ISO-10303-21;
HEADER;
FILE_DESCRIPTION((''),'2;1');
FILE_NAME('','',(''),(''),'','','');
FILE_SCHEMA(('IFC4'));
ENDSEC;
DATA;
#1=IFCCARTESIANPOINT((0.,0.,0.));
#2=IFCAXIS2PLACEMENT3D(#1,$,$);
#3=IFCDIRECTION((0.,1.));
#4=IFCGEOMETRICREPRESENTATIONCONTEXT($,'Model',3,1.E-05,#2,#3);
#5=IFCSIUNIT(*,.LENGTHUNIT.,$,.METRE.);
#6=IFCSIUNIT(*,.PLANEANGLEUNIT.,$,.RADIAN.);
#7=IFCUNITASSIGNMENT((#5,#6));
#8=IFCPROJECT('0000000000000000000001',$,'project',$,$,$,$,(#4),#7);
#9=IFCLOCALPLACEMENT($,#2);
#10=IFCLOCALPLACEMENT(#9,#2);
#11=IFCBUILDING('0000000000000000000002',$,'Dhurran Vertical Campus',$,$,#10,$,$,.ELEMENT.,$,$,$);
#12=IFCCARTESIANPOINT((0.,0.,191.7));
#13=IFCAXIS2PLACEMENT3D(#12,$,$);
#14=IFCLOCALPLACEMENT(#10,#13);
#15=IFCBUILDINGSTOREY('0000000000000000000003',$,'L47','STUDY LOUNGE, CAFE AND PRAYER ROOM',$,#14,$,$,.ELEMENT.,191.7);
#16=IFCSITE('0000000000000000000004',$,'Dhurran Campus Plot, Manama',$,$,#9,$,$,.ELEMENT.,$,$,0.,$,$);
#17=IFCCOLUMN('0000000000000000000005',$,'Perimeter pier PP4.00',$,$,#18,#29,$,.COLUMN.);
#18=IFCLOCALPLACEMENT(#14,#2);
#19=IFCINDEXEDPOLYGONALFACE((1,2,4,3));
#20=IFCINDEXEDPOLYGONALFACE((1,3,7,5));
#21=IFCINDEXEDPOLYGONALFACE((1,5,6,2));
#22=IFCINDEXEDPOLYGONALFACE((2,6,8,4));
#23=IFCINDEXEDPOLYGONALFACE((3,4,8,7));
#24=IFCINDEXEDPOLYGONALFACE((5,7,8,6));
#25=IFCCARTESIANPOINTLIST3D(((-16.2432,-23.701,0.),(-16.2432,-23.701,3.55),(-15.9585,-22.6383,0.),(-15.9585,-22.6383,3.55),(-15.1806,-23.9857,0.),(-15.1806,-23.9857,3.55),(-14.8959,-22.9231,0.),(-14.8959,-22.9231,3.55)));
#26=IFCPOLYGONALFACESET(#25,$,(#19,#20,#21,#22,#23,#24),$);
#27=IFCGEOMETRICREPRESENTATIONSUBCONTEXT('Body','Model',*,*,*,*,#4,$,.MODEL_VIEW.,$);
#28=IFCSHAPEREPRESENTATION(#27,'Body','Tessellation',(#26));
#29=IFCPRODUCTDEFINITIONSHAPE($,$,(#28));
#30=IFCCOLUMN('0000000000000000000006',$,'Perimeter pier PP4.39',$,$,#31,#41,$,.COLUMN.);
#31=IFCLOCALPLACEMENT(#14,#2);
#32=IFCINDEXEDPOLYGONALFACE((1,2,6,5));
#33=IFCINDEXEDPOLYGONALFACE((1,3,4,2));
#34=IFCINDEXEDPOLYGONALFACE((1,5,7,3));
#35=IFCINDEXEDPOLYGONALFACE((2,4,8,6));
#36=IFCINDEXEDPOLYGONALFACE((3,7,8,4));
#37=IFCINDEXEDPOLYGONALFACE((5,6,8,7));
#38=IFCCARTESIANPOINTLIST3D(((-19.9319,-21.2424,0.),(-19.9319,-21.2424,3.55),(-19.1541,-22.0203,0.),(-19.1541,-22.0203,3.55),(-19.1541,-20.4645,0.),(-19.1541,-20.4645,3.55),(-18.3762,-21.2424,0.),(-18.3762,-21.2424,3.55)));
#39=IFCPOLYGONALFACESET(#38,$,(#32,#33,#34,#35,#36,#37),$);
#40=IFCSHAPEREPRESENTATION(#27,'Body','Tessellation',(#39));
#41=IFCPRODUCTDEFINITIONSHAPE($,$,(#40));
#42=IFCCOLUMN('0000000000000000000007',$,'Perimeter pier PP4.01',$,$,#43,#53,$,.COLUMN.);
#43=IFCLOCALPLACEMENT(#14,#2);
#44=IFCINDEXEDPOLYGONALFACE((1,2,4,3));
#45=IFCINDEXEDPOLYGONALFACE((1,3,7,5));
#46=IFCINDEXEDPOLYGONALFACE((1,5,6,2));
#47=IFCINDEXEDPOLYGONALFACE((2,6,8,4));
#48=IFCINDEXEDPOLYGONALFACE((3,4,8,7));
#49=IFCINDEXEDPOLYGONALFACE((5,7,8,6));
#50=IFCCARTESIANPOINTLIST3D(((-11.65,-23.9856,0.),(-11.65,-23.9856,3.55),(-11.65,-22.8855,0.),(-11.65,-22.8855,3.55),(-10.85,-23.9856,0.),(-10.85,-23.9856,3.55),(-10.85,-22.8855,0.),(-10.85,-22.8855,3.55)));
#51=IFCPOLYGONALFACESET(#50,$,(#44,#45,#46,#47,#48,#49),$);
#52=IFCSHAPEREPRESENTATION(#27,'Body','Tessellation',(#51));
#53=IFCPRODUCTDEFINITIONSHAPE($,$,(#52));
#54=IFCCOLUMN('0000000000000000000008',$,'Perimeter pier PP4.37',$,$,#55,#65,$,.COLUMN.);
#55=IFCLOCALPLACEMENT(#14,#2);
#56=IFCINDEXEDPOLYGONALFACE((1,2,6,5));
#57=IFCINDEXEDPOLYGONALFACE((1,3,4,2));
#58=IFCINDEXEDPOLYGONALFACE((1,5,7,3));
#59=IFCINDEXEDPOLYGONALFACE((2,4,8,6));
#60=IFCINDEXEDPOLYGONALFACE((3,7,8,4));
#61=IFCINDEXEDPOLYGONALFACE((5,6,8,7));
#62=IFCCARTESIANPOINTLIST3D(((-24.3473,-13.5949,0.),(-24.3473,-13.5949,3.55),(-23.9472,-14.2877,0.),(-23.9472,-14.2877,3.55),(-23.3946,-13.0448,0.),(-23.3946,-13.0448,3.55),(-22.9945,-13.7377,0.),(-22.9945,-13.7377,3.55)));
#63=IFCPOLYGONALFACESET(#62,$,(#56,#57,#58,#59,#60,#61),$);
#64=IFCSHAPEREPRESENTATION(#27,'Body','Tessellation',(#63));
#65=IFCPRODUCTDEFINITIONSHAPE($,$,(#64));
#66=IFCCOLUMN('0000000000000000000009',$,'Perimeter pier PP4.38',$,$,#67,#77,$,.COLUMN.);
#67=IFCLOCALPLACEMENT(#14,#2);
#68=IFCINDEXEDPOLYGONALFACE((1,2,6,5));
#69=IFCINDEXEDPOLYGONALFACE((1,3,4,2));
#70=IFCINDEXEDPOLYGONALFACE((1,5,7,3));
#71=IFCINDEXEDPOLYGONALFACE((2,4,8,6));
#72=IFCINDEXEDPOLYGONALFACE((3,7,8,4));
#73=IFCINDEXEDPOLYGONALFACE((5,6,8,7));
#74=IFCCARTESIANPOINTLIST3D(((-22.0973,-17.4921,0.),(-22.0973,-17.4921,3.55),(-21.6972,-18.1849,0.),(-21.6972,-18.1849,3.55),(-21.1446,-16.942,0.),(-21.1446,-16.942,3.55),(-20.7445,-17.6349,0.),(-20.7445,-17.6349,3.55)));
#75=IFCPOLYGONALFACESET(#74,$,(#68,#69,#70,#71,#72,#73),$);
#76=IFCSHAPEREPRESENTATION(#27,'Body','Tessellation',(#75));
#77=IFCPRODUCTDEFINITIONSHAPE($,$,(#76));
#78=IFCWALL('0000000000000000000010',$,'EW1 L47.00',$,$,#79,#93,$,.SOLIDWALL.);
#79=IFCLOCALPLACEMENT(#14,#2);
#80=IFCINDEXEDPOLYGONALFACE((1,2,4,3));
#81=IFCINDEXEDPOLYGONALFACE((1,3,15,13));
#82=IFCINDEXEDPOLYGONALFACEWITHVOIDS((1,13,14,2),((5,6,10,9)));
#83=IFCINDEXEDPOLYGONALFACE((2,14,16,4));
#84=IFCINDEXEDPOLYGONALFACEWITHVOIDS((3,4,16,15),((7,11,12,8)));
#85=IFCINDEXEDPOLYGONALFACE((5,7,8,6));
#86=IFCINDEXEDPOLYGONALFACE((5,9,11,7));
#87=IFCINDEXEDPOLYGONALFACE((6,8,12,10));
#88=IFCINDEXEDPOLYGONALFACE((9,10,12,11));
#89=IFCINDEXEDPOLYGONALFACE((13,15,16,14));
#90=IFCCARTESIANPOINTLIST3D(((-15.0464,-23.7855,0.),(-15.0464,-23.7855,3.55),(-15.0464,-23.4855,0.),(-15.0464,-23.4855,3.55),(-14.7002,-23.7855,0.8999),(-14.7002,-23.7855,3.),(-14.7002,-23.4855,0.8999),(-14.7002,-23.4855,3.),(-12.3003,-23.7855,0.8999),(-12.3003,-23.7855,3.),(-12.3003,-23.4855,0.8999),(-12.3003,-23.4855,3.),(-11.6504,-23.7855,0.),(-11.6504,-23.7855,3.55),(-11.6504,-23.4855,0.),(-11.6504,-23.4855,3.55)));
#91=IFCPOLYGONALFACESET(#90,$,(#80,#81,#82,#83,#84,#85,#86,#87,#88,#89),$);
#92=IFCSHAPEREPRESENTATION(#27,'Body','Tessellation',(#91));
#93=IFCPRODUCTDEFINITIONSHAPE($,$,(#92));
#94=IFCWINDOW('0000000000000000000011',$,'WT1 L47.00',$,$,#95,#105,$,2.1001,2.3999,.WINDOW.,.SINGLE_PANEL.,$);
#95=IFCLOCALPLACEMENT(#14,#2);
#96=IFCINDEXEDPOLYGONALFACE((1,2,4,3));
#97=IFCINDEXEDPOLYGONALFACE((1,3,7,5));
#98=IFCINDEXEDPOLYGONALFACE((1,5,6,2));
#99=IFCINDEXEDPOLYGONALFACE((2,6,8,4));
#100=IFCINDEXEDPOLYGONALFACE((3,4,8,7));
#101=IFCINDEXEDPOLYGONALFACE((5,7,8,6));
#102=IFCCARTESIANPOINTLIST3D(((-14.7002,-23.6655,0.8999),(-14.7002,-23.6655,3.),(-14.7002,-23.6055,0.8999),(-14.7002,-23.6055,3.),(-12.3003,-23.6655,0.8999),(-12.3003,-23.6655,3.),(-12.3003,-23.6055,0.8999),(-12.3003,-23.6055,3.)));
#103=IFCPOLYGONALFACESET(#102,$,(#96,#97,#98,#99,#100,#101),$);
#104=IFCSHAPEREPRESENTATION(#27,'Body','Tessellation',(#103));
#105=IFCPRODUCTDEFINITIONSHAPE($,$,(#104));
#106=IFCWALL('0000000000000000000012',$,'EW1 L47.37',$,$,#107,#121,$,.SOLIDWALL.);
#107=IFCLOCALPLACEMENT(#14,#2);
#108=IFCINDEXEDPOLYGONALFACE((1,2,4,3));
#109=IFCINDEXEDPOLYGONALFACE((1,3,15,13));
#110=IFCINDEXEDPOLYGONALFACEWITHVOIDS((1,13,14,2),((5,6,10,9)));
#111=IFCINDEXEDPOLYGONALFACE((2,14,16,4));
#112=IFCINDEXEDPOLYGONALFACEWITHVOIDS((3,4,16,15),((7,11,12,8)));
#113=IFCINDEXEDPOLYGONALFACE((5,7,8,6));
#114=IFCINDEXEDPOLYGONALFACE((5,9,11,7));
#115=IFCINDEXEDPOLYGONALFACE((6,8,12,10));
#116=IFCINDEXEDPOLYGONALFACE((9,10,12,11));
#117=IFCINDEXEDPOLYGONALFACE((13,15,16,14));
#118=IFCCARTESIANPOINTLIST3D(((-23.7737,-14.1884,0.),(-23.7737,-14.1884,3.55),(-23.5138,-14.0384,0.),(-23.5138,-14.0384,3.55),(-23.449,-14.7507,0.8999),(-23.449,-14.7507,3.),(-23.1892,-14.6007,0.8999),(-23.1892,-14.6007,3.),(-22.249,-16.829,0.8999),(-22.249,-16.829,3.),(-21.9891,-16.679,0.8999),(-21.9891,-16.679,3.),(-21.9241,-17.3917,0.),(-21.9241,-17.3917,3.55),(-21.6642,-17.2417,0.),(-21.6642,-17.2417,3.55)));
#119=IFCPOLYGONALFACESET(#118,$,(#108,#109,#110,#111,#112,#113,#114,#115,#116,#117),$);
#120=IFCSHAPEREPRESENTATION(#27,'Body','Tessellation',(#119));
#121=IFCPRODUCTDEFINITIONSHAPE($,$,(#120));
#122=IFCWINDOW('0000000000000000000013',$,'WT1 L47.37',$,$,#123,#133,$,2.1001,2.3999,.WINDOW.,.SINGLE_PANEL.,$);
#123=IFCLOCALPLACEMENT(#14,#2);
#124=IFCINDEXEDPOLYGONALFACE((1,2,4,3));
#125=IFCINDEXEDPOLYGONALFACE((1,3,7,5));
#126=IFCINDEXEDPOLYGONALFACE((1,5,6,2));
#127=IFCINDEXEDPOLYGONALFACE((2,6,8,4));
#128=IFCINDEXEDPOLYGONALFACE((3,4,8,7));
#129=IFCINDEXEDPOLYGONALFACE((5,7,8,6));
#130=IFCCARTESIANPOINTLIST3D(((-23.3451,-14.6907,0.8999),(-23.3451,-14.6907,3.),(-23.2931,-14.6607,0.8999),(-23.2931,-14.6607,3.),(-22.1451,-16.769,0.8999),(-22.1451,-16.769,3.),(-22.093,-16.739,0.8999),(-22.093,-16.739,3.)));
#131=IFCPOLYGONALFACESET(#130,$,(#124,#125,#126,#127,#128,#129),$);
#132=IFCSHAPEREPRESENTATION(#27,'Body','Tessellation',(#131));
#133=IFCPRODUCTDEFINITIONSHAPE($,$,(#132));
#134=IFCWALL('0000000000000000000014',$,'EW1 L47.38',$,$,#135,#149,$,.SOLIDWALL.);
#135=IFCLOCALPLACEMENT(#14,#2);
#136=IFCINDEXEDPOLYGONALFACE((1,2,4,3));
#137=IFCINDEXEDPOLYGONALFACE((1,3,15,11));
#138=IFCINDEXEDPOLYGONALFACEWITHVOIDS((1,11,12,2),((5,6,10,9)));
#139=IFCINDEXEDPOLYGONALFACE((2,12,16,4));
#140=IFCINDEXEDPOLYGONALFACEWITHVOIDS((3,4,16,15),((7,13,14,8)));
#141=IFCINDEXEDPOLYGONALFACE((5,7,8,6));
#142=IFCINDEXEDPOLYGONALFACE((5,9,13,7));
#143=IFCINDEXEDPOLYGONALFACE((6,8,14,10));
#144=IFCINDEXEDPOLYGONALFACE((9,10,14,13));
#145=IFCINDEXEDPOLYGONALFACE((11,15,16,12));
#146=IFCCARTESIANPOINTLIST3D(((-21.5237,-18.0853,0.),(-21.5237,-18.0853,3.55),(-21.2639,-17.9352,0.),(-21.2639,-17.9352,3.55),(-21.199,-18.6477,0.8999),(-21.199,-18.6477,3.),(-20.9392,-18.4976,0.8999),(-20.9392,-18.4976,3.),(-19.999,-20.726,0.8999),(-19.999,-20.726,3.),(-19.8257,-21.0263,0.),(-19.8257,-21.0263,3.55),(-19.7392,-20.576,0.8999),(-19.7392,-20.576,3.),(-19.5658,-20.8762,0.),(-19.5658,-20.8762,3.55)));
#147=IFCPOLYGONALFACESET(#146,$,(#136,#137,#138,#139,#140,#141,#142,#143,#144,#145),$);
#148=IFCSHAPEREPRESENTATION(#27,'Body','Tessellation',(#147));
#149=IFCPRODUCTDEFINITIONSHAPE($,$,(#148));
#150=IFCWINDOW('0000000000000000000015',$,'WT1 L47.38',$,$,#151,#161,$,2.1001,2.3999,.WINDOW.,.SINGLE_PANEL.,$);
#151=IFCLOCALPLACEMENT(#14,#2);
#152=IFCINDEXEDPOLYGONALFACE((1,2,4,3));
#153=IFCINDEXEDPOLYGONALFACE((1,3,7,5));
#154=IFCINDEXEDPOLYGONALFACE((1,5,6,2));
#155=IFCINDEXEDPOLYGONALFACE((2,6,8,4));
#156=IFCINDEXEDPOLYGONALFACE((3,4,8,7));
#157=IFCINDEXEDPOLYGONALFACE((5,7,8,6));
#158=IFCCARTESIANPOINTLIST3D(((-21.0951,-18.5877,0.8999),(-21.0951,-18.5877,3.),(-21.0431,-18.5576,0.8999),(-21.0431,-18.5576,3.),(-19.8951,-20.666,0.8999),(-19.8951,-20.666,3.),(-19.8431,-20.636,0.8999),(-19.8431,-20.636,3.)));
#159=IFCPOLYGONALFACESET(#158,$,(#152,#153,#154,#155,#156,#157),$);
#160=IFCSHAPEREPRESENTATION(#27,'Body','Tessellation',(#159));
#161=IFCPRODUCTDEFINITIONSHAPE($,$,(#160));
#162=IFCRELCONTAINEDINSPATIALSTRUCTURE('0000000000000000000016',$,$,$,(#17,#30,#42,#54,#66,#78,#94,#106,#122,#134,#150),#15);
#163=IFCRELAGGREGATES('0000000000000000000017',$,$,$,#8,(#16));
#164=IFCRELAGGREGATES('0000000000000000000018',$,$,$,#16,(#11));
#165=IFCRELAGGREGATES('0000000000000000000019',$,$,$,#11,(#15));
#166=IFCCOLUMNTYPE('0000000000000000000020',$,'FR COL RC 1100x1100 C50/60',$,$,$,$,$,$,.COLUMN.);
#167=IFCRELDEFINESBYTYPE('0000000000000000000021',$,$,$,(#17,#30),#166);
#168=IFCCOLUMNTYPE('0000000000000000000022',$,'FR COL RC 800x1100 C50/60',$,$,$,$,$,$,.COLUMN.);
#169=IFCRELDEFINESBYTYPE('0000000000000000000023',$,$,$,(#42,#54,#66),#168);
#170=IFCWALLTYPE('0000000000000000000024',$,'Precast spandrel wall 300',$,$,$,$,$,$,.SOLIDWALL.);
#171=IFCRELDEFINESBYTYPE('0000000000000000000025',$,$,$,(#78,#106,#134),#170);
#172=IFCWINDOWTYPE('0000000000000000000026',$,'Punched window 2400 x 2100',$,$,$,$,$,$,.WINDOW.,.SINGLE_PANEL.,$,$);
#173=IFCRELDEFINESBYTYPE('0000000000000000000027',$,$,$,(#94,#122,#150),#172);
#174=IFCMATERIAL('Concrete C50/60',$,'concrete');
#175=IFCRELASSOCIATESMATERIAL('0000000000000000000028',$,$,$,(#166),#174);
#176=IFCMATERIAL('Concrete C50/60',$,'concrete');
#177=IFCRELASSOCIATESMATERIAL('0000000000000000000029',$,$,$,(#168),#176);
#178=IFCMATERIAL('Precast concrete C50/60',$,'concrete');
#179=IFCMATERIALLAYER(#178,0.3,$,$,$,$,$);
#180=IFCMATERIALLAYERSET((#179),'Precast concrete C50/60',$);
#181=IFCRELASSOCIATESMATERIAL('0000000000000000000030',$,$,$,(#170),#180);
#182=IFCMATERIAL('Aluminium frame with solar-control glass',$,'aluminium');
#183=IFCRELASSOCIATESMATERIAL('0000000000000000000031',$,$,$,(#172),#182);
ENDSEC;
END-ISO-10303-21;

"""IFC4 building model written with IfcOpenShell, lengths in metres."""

from ifc_helpers import new_model, si_unit, direction, frame, frame_2d, origin, origin_2d, place, context, subcontext, project, spatial, rectangle, extrude, material, layer, layer_set, material_profile, profile_set, type_object, element, fill, save


model = new_model("IFC4")

# Units and contexts
model_context = context("Model", 3, precision=1e-05, world=origin(), true_north=direction((0.0, 1.0)))
body_context = subcontext(model_context, "Body", "Model", "MODEL_VIEW")
ifc_project = project(units=[si_unit("LENGTHUNIT", "METRE"), si_unit("PLANEANGLEUNIT", "RADIAN")], contexts=[model_context])

# Site, building, storey
site_placement = place(None, origin())
site = spatial("IfcSite", under=ifc_project, at=site_placement, Name="Dhurran Campus Plot, Manama", CompositionType="ELEMENT", RefElevation=0.0)
building_placement = place(site_placement, origin())
building = spatial("IfcBuilding", under=site, at=building_placement, Name="Dhurran Vertical Campus", CompositionType="ELEMENT")
storey_placement = place(building_placement, frame((0.0, 0.0, 191.7)))
storey = spatial("IfcBuildingStorey", under=building, at=storey_placement, Name="L47", Description="STUDY LOUNGE, CAFE AND PRAYER ROOM", CompositionType="ELEMENT", Elevation=191.7)

# Columns
ifc_material_1 = material(Name="Concrete C50/60", Category="concrete")
ifc_material_profile_1 = material_profile(ifc_material_1, rectangle(XDim=1.1001, YDim=1.1001, at=origin_2d()), Name="RC 1100x1100")
ifc_profile_set_1 = profile_set([ifc_material_profile_1], Name="Concrete C50/60")
column_type_1 = type_object("IfcColumnType", Name="FR COL RC 1100x1100 C50/60", PredefinedType="COLUMN", material=ifc_profile_set_1)
for number, where, z_axis, x_axis, name in (
    (1, (-15.5696, -23.312, 0.0), (0.0, 0.0, 1.0), (0.965926, -0.258819, 0.0), "Perimeter pier PP4.00"),
    (2, (-19.1541, -21.2424, 0.0), (0.0, 0.0, 1.0), (0.707107, -0.707107, 0.0), "Perimeter pier PP4.39"),
):
    element("IfcColumn", number, at=place(storey_placement, frame(where, z_axis=z_axis, x_axis=x_axis)), inside=storey, type_object=column_type_1, Name=name, PredefinedType="COLUMN", context=body_context, shape_type="SweptSolid", body=[
        extrude(rectangle(XDim=1.1001, YDim=1.1001, at=origin_2d()), origin(), (0.0, 0.0, 1.0), 3.55),
    ])
ifc_material_2 = material(Name="Concrete C50/60", Category="concrete")
ifc_material_profile_2 = material_profile(ifc_material_2, rectangle(XDim=0.8, YDim=1.1001, at=origin_2d()), Name="RC 800x1100")
ifc_profile_set_2 = profile_set([ifc_material_profile_2], Name="Concrete C50/60")
column_type_2 = type_object("IfcColumnType", Name="FR COL RC 800x1100 C50/60", PredefinedType="COLUMN", material=ifc_profile_set_2)
for number, where, z_axis, x_axis, name in (
    (3, (-11.25, -23.4355, 0.0), (0.0, 0.0, 1.0), (1.0, 0.0, 0.0), "Perimeter pier PP4.01"),
    (4, (-23.6709, -13.6663, 0.0), (0.0, 0.0, 1.0), (0.5, -0.866025, 0.0), "Perimeter pier PP4.37"),
    (5, (-21.4209, -17.5635, 0.0), (0.0, 0.0, 1.0), (0.5, -0.866025, 0.0), "Perimeter pier PP4.38"),
):
    element("IfcColumn", number, at=place(storey_placement, frame(where, z_axis=z_axis, x_axis=x_axis)), inside=storey, type_object=column_type_2, Name=name, PredefinedType="COLUMN", context=body_context, shape_type="SweptSolid", body=[
        extrude(rectangle(XDim=0.8, YDim=1.1001, at=origin_2d()), origin(), (0.0, 0.0, 1.0), 3.55),
    ])

# Walls, openings, windows
ifc_material_3 = material(Name="Precast concrete C50/60", Category="concrete")
ifc_layer_1 = layer(ifc_material_3, 0.3)
ifc_layer_set_1 = layer_set([ifc_layer_1], Name="Precast concrete C50/60")
wall_type_1 = type_object("IfcWallType", Name="Precast spandrel wall 300", PredefinedType="SOLIDWALL", material=ifc_layer_set_1)
wall_1_placement = place(storey_placement, frame((-15.0464, -23.6355, 0.0), z_axis=(0.0, 0.0, 1.0), x_axis=(1.0, 0.0, 0.0)))
wall_1 = element("IfcWall", 6, at=wall_1_placement, inside=storey, type_object=wall_type_1, Name="EW1 L47.00", PredefinedType="SOLIDWALL", context=body_context, shape_type="SweptSolid", body=[
    extrude(rectangle(XDim=3.396, YDim=0.3, at=frame_2d((1.698, 0.0))), origin(), (0.0, 0.0, 1.0), 3.55),
])
opening_1_placement = place(wall_1_placement, frame((0.3462, 0.0, 0.8999)))
opening_1 = element("IfcOpeningElement", 7, at=opening_1_placement, cuts=wall_1, PredefinedType="OPENING", context=body_context, shape_type="SweptSolid", body=[
    extrude(rectangle(XDim=2.3999, YDim=2.1001, at=frame_2d((1.2, 1.05))), frame((0.0, 0.1599, 0.0), z_axis=(0.0, -1.0, 0.0), x_axis=(1.0, 0.0, 0.0)), (0.0, 0.0, 1.0), 0.3201),
])
ifc_material_4 = material(Name="Aluminium frame with solar-control glass", Category="aluminium")
window_type = type_object("IfcWindowType", Name="Punched window 2400 x 2100", PartitioningType="SINGLE_PANEL", PredefinedType="WINDOW", material=ifc_material_4)
window_1_placement = place(opening_1_placement, origin())
window_1 = element("IfcWindow", 8, at=window_1_placement, inside=storey, type_object=window_type, Name="WT1 L47.00", OverallHeight=2.1001, OverallWidth=2.3999, PartitioningType="SINGLE_PANEL", PredefinedType="WINDOW", context=body_context, shape_type="SweptSolid", body=[
    extrude(rectangle(XDim=2.3999, YDim=2.1001, at=frame_2d((1.2, 1.05))), frame((0.0, 0.03, 0.0), z_axis=(0.0, -1.0, 0.0), x_axis=(1.0, 0.0, 0.0)), (0.0, 0.0, 1.0), 0.0601),
])
fill(opening_1, window_1)
wall_2_placement = place(storey_placement, frame((-23.6438, -14.1133, 0.0), z_axis=(0.0, 0.0, 1.0), x_axis=(0.500029, -0.866009, 0.0)))
wall_2 = element("IfcWall", 9, at=wall_2_placement, inside=storey, type_object=wall_type_1, Name="EW1 L47.37", PredefinedType="SOLIDWALL", context=body_context, shape_type="SweptSolid", body=[
    extrude(rectangle(XDim=3.699, YDim=0.3, at=frame_2d((1.8496, 0.0))), origin(), (0.0, 0.0, 1.0), 3.55),
])
opening_2_placement = place(wall_2_placement, frame((0.6494, 0.0, 0.8999)))
opening_2 = element("IfcOpeningElement", 10, at=opening_2_placement, cuts=wall_2, PredefinedType="OPENING", context=body_context, shape_type="SweptSolid", body=[
    extrude(rectangle(XDim=2.3999, YDim=2.1001, at=frame_2d((1.2, 1.05))), frame((0.0, 0.1599, 0.0), z_axis=(0.0, -1.0, 0.0), x_axis=(1.0, 0.0, 0.0)), (0.0, 0.0, 1.0), 0.3201),
])
window_2_placement = place(opening_2_placement, origin())
window_2 = element("IfcWindow", 11, at=window_2_placement, inside=storey, type_object=window_type, Name="WT1 L47.37", OverallHeight=2.1001, OverallWidth=2.3999, PartitioningType="SINGLE_PANEL", PredefinedType="WINDOW", context=body_context, shape_type="SweptSolid", body=[
    extrude(rectangle(XDim=2.3999, YDim=2.1001, at=frame_2d((1.2, 1.05))), frame((0.0, 0.03, 0.0), z_axis=(0.0, -1.0, 0.0), x_axis=(1.0, 0.0, 0.0)), (0.0, 0.0, 1.0), 0.0601),
])
fill(opening_2, window_2)
wall_3_placement = place(storey_placement, frame((-21.3938, -18.0103, 0.0), z_axis=(0.0, 0.0, 1.0), x_axis=(0.500013, -0.866018, 0.0)))
wall_3 = element("IfcWall", 12, at=wall_3_placement, inside=storey, type_object=wall_type_1, Name="EW1 L47.38", PredefinedType="SOLIDWALL", context=body_context, shape_type="SweptSolid", body=[
    extrude(rectangle(XDim=3.396, YDim=0.3, at=frame_2d((1.698, 0.0))), origin(), (0.0, 0.0, 1.0), 3.55),
])
opening_3_placement = place(wall_3_placement, frame((0.6494, 0.0, 0.8999)))
opening_3 = element("IfcOpeningElement", 13, at=opening_3_placement, cuts=wall_3, PredefinedType="OPENING", context=body_context, shape_type="SweptSolid", body=[
    extrude(rectangle(XDim=2.3999, YDim=2.1001, at=frame_2d((1.2, 1.05))), frame((0.0, 0.1599, 0.0), z_axis=(0.0, -1.0, 0.0), x_axis=(1.0, 0.0, 0.0)), (0.0, 0.0, 1.0), 0.3201),
])
window_3_placement = place(opening_3_placement, origin())
window_3 = element("IfcWindow", 14, at=window_3_placement, inside=storey, type_object=window_type, Name="WT1 L47.38", OverallHeight=2.1001, OverallWidth=2.3999, PartitioningType="SINGLE_PANEL", PredefinedType="WINDOW", context=body_context, shape_type="SweptSolid", body=[
    extrude(rectangle(XDim=2.3999, YDim=2.1001, at=frame_2d((1.2, 1.05))), frame((0.0, 0.03, 0.0), z_axis=(0.0, -1.0, 0.0), x_axis=(1.0, 0.0, 0.0)), (0.0, 0.0, 1.0), 0.0601),
])
fill(opening_3, window_3)

save(model, "model.ifc")
